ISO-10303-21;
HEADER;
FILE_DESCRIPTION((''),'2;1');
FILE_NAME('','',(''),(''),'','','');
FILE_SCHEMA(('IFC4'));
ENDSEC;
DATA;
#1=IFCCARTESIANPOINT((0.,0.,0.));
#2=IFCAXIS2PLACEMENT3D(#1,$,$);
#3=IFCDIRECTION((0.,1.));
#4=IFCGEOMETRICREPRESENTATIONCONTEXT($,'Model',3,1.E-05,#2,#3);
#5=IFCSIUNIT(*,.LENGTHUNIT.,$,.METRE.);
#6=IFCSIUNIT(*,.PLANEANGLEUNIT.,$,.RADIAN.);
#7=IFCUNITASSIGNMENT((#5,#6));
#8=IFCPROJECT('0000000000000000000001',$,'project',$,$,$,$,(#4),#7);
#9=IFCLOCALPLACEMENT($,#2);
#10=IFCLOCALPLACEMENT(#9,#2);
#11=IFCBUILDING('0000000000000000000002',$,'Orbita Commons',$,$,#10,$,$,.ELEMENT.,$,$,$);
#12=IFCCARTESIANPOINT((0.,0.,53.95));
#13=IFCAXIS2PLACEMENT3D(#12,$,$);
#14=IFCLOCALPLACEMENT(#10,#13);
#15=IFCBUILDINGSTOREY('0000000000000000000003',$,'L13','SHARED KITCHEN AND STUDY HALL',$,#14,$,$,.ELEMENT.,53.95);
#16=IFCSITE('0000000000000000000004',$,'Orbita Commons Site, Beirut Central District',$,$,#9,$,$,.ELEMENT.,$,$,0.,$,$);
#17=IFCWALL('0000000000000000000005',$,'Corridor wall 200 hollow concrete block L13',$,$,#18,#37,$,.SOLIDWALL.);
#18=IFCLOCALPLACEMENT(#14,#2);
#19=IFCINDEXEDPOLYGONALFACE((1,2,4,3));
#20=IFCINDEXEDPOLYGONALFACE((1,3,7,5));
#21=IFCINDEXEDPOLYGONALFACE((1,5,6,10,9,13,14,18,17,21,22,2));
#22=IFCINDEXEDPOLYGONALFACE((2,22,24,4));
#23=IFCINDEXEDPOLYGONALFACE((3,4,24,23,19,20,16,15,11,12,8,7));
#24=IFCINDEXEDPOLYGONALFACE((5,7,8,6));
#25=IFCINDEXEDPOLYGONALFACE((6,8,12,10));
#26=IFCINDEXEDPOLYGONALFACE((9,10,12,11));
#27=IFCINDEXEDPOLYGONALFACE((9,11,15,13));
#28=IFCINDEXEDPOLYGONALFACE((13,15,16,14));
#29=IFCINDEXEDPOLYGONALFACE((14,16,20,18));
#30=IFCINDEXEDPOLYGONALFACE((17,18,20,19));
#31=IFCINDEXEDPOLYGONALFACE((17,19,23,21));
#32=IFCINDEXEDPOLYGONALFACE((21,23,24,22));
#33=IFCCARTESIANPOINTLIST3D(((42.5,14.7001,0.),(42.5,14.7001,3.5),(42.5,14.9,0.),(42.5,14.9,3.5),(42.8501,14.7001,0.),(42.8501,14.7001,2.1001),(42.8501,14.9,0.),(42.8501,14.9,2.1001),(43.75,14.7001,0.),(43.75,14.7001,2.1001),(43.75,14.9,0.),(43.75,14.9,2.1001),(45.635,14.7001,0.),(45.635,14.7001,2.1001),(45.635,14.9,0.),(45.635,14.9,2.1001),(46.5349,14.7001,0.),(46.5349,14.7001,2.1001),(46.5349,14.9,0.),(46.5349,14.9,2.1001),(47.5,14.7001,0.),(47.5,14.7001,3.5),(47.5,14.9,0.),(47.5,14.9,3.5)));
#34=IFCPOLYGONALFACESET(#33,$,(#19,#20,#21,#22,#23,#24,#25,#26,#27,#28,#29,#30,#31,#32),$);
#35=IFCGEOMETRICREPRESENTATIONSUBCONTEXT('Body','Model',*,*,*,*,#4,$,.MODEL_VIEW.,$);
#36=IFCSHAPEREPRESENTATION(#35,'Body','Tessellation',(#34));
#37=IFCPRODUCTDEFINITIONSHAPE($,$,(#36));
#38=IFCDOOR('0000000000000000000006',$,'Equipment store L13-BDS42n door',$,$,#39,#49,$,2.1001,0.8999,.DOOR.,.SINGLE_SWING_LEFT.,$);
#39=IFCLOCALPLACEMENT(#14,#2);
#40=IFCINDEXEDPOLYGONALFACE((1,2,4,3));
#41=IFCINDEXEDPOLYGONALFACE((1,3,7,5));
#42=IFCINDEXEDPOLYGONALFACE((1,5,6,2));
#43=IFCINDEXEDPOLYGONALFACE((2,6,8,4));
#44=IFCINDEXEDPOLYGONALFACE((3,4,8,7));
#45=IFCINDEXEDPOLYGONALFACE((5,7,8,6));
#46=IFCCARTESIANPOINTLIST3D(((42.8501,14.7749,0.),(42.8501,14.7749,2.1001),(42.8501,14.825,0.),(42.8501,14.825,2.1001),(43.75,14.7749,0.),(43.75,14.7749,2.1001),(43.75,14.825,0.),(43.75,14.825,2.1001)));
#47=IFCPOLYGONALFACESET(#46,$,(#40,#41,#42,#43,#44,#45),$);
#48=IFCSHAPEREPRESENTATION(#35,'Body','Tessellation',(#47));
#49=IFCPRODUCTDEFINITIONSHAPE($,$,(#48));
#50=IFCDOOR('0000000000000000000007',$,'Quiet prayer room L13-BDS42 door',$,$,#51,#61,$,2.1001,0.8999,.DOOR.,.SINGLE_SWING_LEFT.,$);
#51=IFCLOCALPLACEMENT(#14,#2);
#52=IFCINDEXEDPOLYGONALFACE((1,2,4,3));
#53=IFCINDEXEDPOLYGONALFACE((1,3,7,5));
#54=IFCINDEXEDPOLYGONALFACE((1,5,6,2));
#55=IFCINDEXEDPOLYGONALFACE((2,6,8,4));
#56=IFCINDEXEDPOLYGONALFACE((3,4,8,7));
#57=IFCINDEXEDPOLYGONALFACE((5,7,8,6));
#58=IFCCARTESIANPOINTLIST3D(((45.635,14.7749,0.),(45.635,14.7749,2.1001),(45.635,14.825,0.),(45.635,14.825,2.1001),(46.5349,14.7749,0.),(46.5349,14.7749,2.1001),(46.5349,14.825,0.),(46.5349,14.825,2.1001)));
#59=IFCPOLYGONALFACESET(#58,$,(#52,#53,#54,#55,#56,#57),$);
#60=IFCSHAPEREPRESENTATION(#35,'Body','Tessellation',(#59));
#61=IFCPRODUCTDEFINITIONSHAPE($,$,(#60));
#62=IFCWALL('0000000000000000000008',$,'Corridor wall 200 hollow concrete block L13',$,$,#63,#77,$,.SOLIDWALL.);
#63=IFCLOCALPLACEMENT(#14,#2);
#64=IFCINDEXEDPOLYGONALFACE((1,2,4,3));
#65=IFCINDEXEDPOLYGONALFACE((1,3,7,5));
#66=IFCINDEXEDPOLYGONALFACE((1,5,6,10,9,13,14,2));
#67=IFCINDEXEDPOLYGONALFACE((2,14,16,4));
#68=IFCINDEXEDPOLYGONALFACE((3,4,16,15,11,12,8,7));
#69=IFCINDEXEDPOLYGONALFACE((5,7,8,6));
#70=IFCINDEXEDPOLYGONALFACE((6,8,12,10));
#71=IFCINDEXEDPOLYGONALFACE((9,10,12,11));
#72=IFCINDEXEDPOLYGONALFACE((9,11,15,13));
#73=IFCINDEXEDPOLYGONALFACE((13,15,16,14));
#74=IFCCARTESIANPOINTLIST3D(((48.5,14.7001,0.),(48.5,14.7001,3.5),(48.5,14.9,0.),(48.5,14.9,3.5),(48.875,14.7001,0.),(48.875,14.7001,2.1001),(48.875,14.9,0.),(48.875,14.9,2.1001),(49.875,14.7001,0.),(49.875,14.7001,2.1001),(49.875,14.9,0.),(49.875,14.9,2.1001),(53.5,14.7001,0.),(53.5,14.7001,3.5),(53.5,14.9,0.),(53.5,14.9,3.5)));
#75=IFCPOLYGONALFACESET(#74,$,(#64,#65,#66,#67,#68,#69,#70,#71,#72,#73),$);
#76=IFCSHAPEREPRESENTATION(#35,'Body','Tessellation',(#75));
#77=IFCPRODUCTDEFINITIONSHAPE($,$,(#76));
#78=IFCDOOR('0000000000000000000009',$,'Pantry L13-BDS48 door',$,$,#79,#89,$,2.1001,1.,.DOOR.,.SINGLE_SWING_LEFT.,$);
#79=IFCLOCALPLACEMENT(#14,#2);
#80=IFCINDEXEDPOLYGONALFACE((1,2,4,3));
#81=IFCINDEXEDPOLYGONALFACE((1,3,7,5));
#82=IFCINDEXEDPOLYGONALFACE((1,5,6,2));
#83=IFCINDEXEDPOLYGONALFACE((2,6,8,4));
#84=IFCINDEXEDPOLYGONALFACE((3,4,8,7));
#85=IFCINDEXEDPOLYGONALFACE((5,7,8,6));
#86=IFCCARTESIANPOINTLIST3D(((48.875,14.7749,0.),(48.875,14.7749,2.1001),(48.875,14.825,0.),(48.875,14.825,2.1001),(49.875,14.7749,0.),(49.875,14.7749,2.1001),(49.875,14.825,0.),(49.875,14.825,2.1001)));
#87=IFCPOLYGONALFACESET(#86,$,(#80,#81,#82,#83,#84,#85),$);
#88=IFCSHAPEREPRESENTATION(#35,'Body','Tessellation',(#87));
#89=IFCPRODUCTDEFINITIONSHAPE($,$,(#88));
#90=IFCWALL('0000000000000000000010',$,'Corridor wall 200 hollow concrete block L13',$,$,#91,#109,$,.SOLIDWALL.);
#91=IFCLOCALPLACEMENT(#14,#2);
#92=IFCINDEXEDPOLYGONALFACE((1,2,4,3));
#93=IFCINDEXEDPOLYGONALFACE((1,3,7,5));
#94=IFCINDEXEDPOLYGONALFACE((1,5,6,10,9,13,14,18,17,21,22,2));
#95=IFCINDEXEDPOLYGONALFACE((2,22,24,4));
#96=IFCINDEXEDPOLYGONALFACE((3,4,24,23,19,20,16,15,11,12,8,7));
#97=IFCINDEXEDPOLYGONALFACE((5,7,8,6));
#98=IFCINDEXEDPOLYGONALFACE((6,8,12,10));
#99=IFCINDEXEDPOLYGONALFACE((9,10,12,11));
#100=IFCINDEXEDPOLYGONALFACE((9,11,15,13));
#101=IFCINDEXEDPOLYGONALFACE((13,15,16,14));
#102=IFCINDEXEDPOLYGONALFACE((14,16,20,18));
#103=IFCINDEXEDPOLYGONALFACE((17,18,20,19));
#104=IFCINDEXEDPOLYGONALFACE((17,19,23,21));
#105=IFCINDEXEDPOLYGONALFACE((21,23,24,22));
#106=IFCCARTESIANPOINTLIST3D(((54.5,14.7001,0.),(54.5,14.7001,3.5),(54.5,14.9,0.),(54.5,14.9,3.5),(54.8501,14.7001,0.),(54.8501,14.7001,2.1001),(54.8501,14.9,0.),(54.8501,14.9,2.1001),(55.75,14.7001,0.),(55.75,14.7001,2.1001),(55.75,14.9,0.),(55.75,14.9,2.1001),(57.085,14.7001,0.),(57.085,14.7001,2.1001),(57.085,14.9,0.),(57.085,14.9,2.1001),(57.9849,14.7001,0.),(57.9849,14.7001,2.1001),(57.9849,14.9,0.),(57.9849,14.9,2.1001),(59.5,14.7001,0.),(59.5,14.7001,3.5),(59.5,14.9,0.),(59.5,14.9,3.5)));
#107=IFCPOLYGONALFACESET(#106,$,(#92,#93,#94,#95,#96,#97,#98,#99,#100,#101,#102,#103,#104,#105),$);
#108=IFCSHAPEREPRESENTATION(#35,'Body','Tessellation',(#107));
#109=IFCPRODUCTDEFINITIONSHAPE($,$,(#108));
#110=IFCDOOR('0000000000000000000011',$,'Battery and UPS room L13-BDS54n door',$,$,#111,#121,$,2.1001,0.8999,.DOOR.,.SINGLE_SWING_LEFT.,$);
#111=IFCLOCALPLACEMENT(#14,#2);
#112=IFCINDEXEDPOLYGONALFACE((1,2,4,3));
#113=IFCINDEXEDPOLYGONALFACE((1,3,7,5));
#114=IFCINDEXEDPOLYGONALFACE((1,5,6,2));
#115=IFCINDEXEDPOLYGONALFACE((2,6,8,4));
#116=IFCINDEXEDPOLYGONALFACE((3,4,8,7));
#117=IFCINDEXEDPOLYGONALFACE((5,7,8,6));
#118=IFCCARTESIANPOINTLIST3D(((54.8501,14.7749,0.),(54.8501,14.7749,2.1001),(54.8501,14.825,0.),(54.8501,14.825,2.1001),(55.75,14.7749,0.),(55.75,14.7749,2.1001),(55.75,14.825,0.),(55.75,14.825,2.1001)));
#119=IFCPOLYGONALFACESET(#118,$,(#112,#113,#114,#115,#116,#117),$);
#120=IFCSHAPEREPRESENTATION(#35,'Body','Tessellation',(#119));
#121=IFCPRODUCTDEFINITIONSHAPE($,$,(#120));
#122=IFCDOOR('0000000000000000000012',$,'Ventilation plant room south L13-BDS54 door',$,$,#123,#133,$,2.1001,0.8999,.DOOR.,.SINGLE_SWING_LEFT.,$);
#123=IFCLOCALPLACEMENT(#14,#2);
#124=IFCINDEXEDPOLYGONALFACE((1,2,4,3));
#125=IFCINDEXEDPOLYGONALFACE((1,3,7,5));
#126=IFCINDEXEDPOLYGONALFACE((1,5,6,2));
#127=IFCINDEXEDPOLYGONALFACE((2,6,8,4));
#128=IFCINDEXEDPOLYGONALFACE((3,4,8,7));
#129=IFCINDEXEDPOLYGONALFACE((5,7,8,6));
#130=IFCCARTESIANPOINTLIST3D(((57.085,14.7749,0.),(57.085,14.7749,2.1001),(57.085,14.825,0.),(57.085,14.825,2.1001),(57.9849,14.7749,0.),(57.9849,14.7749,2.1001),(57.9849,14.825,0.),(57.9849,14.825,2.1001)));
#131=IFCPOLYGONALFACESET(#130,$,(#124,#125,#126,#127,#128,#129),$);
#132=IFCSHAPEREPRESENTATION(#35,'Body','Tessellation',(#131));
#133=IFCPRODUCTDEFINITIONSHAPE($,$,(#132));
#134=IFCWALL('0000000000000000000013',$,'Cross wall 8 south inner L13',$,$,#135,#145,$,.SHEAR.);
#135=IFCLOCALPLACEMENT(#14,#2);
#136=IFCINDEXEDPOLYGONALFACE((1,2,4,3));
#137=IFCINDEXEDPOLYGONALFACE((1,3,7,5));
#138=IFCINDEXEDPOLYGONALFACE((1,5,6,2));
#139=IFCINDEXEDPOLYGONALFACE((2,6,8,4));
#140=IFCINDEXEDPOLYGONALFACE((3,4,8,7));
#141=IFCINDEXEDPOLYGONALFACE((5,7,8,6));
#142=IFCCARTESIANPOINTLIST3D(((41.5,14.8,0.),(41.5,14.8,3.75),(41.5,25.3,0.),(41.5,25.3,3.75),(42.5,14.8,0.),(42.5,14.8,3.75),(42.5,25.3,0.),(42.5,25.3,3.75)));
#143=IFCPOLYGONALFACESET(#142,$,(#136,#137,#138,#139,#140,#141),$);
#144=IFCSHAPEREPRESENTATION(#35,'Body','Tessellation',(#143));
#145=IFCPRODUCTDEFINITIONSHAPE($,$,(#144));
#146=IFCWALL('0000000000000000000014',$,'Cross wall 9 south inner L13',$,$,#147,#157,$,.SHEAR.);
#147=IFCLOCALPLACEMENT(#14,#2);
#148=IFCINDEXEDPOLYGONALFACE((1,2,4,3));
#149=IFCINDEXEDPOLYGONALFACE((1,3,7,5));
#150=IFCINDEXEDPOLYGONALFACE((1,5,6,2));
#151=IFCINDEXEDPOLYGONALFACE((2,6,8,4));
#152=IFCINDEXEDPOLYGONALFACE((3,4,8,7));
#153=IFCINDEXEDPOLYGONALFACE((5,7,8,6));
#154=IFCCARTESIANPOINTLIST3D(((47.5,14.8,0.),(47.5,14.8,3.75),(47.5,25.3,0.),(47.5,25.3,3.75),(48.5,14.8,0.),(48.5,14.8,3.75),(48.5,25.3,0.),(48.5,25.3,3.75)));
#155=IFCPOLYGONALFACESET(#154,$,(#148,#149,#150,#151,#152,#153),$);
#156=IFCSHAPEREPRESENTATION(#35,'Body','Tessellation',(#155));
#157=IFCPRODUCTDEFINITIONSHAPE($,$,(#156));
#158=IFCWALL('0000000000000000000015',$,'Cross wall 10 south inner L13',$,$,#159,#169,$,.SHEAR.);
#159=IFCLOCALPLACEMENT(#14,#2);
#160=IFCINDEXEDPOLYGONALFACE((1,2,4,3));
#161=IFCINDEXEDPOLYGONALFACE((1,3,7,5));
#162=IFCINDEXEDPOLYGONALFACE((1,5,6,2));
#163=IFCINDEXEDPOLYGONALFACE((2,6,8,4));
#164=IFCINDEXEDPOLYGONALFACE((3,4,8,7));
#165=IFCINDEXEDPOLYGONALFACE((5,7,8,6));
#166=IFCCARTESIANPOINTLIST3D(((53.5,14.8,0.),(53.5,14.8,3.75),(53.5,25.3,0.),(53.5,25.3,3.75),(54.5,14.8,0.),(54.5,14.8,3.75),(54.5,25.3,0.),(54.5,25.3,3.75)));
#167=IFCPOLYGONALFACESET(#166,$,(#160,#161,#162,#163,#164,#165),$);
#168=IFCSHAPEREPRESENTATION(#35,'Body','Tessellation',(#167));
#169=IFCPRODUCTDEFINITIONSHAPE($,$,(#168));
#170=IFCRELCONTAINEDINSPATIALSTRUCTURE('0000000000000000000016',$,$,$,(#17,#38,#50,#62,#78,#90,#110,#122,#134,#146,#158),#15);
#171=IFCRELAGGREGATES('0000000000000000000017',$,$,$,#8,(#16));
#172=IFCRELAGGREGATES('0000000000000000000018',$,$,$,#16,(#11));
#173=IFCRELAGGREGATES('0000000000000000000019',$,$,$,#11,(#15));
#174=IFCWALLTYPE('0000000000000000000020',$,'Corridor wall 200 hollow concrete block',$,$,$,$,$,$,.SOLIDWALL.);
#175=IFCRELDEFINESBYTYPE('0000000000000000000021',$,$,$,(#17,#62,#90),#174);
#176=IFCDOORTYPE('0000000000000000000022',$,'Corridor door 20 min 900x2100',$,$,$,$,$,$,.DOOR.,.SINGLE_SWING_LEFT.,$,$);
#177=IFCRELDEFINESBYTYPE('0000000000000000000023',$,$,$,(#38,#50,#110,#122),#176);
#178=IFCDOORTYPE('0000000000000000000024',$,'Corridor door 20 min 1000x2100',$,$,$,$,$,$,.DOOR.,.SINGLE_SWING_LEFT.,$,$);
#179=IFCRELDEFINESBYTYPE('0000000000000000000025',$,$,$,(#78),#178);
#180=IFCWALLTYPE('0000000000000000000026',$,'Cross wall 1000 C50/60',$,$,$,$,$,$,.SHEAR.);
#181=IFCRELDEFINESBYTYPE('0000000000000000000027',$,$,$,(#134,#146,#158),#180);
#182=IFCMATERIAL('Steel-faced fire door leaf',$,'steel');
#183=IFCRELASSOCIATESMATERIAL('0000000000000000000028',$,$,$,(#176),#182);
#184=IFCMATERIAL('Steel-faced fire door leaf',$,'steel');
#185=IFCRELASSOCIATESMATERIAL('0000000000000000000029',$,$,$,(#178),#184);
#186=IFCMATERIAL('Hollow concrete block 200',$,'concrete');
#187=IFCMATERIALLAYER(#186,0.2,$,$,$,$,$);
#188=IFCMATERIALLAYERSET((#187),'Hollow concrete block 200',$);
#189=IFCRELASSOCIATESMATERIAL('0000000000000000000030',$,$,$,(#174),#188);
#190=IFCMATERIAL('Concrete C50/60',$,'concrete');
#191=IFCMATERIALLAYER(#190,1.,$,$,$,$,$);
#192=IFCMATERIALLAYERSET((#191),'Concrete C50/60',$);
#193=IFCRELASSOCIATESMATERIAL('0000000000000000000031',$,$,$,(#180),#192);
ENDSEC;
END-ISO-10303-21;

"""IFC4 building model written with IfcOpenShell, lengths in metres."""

from ifc_helpers import new_model, si_unit, direction, frame, frame_2d, origin, place, context, subcontext, project, spatial, rectangle, extrude, material, layer, layer_set, type_object, element, fill, save


model = new_model("IFC4")

# Units and contexts
model_context = context("Model", 3, precision=1e-05, world=origin(), true_north=direction((0.0, 1.0)))
body_context = subcontext(model_context, "Body", "Model", "MODEL_VIEW")
ifc_project = project(units=[si_unit("LENGTHUNIT", "METRE"), si_unit("PLANEANGLEUNIT", "RADIAN")], contexts=[model_context])

# Site, building, storey
site_placement = place(None, origin())
site = spatial("IfcSite", under=ifc_project, at=site_placement, Name="Orbita Commons Site, Beirut Central District", CompositionType="ELEMENT", RefElevation=0.0)
building_placement = place(site_placement, origin())
building = spatial("IfcBuilding", under=site, at=building_placement, Name="Orbita Commons", CompositionType="ELEMENT")
storey_placement = place(building_placement, frame((0.0, 0.0, 53.95)))
storey = spatial("IfcBuildingStorey", under=building, at=storey_placement, Name="L13", Description="SHARED KITCHEN AND STUDY HALL", CompositionType="ELEMENT", Elevation=53.95)

# Shared definitions
ifc_material_1 = material(Name="Steel-faced fire door leaf", Category="steel")
door_type_1 = type_object("IfcDoorType", Name="Corridor door 20 min 900x2100", OperationType="SINGLE_SWING_LEFT", PredefinedType="DOOR", material=ifc_material_1)

# Shared definitions
ifc_material_2 = material(Name="Steel-faced fire door leaf", Category="steel")
door_type_2 = type_object("IfcDoorType", Name="Corridor door 20 min 1000x2100", OperationType="SINGLE_SWING_LEFT", PredefinedType="DOOR", material=ifc_material_2)

# Wall, openings, doors
ifc_material_3 = material(Name="Hollow concrete block 200", Category="concrete")
ifc_layer_1 = layer(ifc_material_3, 0.2)
ifc_layer_set_1 = layer_set([ifc_layer_1], Name="Hollow concrete block 200")
wall_type_1 = type_object("IfcWallType", Name="Corridor wall 200 hollow concrete block", PredefinedType="SOLIDWALL", material=ifc_layer_set_1)
wall_1_placement = place(storey_placement, frame((42.5, 14.8, 0.0), z_axis=(0.0, 0.0, 1.0), x_axis=(1.0, 0.0, 0.0)))
wall_1 = element("IfcWall", 1, at=wall_1_placement, inside=storey, type_object=wall_type_1, Name="Corridor wall 200 hollow concrete block L13", PredefinedType="SOLIDWALL", context=body_context, shape_type="SweptSolid", body=[
    extrude(rectangle(XDim=5.0, YDim=0.2, at=frame_2d((2.5, 0.0))), origin(), (0.0, 0.0, 1.0), 3.5),
])
opening_1_placement = place(wall_1_placement, frame((0.3501, 0.0, 0.0)))
opening_1 = element("IfcOpeningElement", 2, at=opening_1_placement, cuts=wall_1, PredefinedType="OPENING", context=body_context, shape_type="SweptSolid", body=[
    extrude(rectangle(XDim=0.8999, YDim=2.1001, at=frame_2d((0.45, 1.05))), frame((0.0, 0.1099, 0.0), z_axis=(0.0, -1.0, 0.0), x_axis=(1.0, 0.0, 0.0)), (0.0, 0.0, 1.0), 0.22),
])
opening_2_placement = place(wall_1_placement, frame((3.135, 0.0, 0.0)))
opening_2 = element("IfcOpeningElement", 3, at=opening_2_placement, cuts=wall_1, PredefinedType="OPENING", context=body_context, shape_type="SweptSolid", body=[
    extrude(rectangle(XDim=0.8999, YDim=2.1001, at=frame_2d((0.45, 1.05))), frame((0.0, 0.1099, 0.0), z_axis=(0.0, -1.0, 0.0), x_axis=(1.0, 0.0, 0.0)), (0.0, 0.0, 1.0), 0.22),
])
door_1_placement = place(opening_1_placement, origin())
door_1 = element("IfcDoor", 4, at=door_1_placement, inside=storey, type_object=door_type_1, Name="Equipment store L13-BDS42n door", OperationType="SINGLE_SWING_LEFT", OverallHeight=2.1001, OverallWidth=0.8999, PredefinedType="DOOR", context=body_context, shape_type="SweptSolid", body=[
    extrude(rectangle(XDim=0.8999, YDim=2.1001, at=frame_2d((0.45, 1.05))), frame((0.0, 0.0249, 0.0), z_axis=(0.0, -1.0, 0.0), x_axis=(1.0, 0.0, 0.0)), (0.0, 0.0, 1.0), 0.05),
])
fill(opening_1, door_1)
door_2_placement = place(opening_2_placement, origin())
door_2 = element("IfcDoor", 5, at=door_2_placement, inside=storey, type_object=door_type_1, Name="Quiet prayer room L13-BDS42 door", OperationType="SINGLE_SWING_LEFT", OverallHeight=2.1001, OverallWidth=0.8999, PredefinedType="DOOR", context=body_context, shape_type="SweptSolid", body=[
    extrude(rectangle(XDim=0.8999, YDim=2.1001, at=frame_2d((0.45, 1.05))), frame((0.0, 0.0249, 0.0), z_axis=(0.0, -1.0, 0.0), x_axis=(1.0, 0.0, 0.0)), (0.0, 0.0, 1.0), 0.05),
])
fill(opening_2, door_2)

# Wall, opening, door
wall_2_placement = place(storey_placement, frame((48.5, 14.8, 0.0), z_axis=(0.0, 0.0, 1.0), x_axis=(1.0, 0.0, 0.0)))
wall_2 = element("IfcWall", 6, at=wall_2_placement, inside=storey, type_object=wall_type_1, Name="Corridor wall 200 hollow concrete block L13", PredefinedType="SOLIDWALL", context=body_context, shape_type="SweptSolid", body=[
    extrude(rectangle(XDim=5.0, YDim=0.2, at=frame_2d((2.5, 0.0))), origin(), (0.0, 0.0, 1.0), 3.5),
])
opening_3_placement = place(wall_2_placement, frame((0.375, 0.0, 0.0)))
opening_3 = element("IfcOpeningElement", 7, at=opening_3_placement, cuts=wall_2, PredefinedType="OPENING", context=body_context, shape_type="SweptSolid", body=[
    extrude(rectangle(XDim=1.0, YDim=2.1001, at=frame_2d((0.5, 1.05))), frame((0.0, 0.1099, 0.0), z_axis=(0.0, -1.0, 0.0), x_axis=(1.0, 0.0, 0.0)), (0.0, 0.0, 1.0), 0.22),
])
door_3_placement = place(opening_3_placement, origin())
door_3 = element("IfcDoor", 8, at=door_3_placement, inside=storey, type_object=door_type_2, Name="Pantry L13-BDS48 door", OperationType="SINGLE_SWING_LEFT", OverallHeight=2.1001, OverallWidth=1.0, PredefinedType="DOOR", context=body_context, shape_type="SweptSolid", body=[
    extrude(rectangle(XDim=1.0, YDim=2.1001, at=frame_2d((0.5, 1.05))), frame((0.0, 0.0249, 0.0), z_axis=(0.0, -1.0, 0.0), x_axis=(1.0, 0.0, 0.0)), (0.0, 0.0, 1.0), 0.05),
])
fill(opening_3, door_3)

# Wall, openings, doors
wall_3_placement = place(storey_placement, frame((54.5, 14.8, 0.0), z_axis=(0.0, 0.0, 1.0), x_axis=(1.0, 0.0, 0.0)))
wall_3 = element("IfcWall", 9, at=wall_3_placement, inside=storey, type_object=wall_type_1, Name="Corridor wall 200 hollow concrete block L13", PredefinedType="SOLIDWALL", context=body_context, shape_type="SweptSolid", body=[
    extrude(rectangle(XDim=5.0, YDim=0.2, at=frame_2d((2.5, 0.0))), origin(), (0.0, 0.0, 1.0), 3.5),
])
opening_4_placement = place(wall_3_placement, frame((0.3501, 0.0, 0.0)))
opening_4 = element("IfcOpeningElement", 10, at=opening_4_placement, cuts=wall_3, PredefinedType="OPENING", context=body_context, shape_type="SweptSolid", body=[
    extrude(rectangle(XDim=0.8999, YDim=2.1001, at=frame_2d((0.45, 1.05))), frame((0.0, 0.1099, 0.0), z_axis=(0.0, -1.0, 0.0), x_axis=(1.0, 0.0, 0.0)), (0.0, 0.0, 1.0), 0.22),
])
opening_5_placement = place(wall_3_placement, frame((2.585, 0.0, 0.0)))
opening_5 = element("IfcOpeningElement", 11, at=opening_5_placement, cuts=wall_3, PredefinedType="OPENING", context=body_context, shape_type="SweptSolid", body=[
    extrude(rectangle(XDim=0.8999, YDim=2.1001, at=frame_2d((0.45, 1.05))), frame((0.0, 0.1099, 0.0), z_axis=(0.0, -1.0, 0.0), x_axis=(1.0, 0.0, 0.0)), (0.0, 0.0, 1.0), 0.22),
])
door_4_placement = place(opening_4_placement, origin())
door_4 = element("IfcDoor", 12, at=door_4_placement, inside=storey, type_object=door_type_1, Name="Battery and UPS room L13-BDS54n door", OperationType="SINGLE_SWING_LEFT", OverallHeight=2.1001, OverallWidth=0.8999, PredefinedType="DOOR", context=body_context, shape_type="SweptSolid", body=[
    extrude(rectangle(XDim=0.8999, YDim=2.1001, at=frame_2d((0.45, 1.05))), frame((0.0, 0.0249, 0.0), z_axis=(0.0, -1.0, 0.0), x_axis=(1.0, 0.0, 0.0)), (0.0, 0.0, 1.0), 0.05),
])
fill(opening_4, door_4)
door_5_placement = place(opening_5_placement, origin())
door_5 = element("IfcDoor", 13, at=door_5_placement, inside=storey, type_object=door_type_1, Name="Ventilation plant room south L13-BDS54 door", OperationType="SINGLE_SWING_LEFT", OverallHeight=2.1001, OverallWidth=0.8999, PredefinedType="DOOR", context=body_context, shape_type="SweptSolid", body=[
    extrude(rectangle(XDim=0.8999, YDim=2.1001, at=frame_2d((0.45, 1.05))), frame((0.0, 0.0249, 0.0), z_axis=(0.0, -1.0, 0.0), x_axis=(1.0, 0.0, 0.0)), (0.0, 0.0, 1.0), 0.05),
])
fill(opening_5, door_5)

# Walls
ifc_material_4 = material(Name="Concrete C50/60", Category="concrete")
ifc_layer_2 = layer(ifc_material_4, 1.0)
ifc_layer_set_2 = layer_set([ifc_layer_2], Name="Concrete C50/60")
wall_type_2 = type_object("IfcWallType", Name="Cross wall 1000 C50/60", PredefinedType="SHEAR", material=ifc_layer_set_2)
for number, where, z_axis, x_axis, name in (
    (14, (42.0, 14.8, 0.0), (0.0, 0.0, 1.0), (0.0, 1.0, 0.0), "Cross wall 8 south inner L13"),
    (15, (48.0, 14.8, 0.0), (0.0, 0.0, 1.0), (0.0, 1.0, 0.0), "Cross wall 9 south inner L13"),
    (16, (54.0, 14.8, 0.0), (0.0, 0.0, 1.0), (0.0, 1.0, 0.0), "Cross wall 10 south inner L13"),
):
    element("IfcWall", number, at=place(storey_placement, frame(where, z_axis=z_axis, x_axis=x_axis)), inside=storey, type_object=wall_type_2, Name=name, PredefinedType="SHEAR", context=body_context, shape_type="SweptSolid", body=[
        extrude(rectangle(XDim=10.5, YDim=1.0, at=frame_2d((5.25, 0.0))), origin(), (0.0, 0.0, 1.0), 3.75),
    ])

save(model, "model.ifc")
